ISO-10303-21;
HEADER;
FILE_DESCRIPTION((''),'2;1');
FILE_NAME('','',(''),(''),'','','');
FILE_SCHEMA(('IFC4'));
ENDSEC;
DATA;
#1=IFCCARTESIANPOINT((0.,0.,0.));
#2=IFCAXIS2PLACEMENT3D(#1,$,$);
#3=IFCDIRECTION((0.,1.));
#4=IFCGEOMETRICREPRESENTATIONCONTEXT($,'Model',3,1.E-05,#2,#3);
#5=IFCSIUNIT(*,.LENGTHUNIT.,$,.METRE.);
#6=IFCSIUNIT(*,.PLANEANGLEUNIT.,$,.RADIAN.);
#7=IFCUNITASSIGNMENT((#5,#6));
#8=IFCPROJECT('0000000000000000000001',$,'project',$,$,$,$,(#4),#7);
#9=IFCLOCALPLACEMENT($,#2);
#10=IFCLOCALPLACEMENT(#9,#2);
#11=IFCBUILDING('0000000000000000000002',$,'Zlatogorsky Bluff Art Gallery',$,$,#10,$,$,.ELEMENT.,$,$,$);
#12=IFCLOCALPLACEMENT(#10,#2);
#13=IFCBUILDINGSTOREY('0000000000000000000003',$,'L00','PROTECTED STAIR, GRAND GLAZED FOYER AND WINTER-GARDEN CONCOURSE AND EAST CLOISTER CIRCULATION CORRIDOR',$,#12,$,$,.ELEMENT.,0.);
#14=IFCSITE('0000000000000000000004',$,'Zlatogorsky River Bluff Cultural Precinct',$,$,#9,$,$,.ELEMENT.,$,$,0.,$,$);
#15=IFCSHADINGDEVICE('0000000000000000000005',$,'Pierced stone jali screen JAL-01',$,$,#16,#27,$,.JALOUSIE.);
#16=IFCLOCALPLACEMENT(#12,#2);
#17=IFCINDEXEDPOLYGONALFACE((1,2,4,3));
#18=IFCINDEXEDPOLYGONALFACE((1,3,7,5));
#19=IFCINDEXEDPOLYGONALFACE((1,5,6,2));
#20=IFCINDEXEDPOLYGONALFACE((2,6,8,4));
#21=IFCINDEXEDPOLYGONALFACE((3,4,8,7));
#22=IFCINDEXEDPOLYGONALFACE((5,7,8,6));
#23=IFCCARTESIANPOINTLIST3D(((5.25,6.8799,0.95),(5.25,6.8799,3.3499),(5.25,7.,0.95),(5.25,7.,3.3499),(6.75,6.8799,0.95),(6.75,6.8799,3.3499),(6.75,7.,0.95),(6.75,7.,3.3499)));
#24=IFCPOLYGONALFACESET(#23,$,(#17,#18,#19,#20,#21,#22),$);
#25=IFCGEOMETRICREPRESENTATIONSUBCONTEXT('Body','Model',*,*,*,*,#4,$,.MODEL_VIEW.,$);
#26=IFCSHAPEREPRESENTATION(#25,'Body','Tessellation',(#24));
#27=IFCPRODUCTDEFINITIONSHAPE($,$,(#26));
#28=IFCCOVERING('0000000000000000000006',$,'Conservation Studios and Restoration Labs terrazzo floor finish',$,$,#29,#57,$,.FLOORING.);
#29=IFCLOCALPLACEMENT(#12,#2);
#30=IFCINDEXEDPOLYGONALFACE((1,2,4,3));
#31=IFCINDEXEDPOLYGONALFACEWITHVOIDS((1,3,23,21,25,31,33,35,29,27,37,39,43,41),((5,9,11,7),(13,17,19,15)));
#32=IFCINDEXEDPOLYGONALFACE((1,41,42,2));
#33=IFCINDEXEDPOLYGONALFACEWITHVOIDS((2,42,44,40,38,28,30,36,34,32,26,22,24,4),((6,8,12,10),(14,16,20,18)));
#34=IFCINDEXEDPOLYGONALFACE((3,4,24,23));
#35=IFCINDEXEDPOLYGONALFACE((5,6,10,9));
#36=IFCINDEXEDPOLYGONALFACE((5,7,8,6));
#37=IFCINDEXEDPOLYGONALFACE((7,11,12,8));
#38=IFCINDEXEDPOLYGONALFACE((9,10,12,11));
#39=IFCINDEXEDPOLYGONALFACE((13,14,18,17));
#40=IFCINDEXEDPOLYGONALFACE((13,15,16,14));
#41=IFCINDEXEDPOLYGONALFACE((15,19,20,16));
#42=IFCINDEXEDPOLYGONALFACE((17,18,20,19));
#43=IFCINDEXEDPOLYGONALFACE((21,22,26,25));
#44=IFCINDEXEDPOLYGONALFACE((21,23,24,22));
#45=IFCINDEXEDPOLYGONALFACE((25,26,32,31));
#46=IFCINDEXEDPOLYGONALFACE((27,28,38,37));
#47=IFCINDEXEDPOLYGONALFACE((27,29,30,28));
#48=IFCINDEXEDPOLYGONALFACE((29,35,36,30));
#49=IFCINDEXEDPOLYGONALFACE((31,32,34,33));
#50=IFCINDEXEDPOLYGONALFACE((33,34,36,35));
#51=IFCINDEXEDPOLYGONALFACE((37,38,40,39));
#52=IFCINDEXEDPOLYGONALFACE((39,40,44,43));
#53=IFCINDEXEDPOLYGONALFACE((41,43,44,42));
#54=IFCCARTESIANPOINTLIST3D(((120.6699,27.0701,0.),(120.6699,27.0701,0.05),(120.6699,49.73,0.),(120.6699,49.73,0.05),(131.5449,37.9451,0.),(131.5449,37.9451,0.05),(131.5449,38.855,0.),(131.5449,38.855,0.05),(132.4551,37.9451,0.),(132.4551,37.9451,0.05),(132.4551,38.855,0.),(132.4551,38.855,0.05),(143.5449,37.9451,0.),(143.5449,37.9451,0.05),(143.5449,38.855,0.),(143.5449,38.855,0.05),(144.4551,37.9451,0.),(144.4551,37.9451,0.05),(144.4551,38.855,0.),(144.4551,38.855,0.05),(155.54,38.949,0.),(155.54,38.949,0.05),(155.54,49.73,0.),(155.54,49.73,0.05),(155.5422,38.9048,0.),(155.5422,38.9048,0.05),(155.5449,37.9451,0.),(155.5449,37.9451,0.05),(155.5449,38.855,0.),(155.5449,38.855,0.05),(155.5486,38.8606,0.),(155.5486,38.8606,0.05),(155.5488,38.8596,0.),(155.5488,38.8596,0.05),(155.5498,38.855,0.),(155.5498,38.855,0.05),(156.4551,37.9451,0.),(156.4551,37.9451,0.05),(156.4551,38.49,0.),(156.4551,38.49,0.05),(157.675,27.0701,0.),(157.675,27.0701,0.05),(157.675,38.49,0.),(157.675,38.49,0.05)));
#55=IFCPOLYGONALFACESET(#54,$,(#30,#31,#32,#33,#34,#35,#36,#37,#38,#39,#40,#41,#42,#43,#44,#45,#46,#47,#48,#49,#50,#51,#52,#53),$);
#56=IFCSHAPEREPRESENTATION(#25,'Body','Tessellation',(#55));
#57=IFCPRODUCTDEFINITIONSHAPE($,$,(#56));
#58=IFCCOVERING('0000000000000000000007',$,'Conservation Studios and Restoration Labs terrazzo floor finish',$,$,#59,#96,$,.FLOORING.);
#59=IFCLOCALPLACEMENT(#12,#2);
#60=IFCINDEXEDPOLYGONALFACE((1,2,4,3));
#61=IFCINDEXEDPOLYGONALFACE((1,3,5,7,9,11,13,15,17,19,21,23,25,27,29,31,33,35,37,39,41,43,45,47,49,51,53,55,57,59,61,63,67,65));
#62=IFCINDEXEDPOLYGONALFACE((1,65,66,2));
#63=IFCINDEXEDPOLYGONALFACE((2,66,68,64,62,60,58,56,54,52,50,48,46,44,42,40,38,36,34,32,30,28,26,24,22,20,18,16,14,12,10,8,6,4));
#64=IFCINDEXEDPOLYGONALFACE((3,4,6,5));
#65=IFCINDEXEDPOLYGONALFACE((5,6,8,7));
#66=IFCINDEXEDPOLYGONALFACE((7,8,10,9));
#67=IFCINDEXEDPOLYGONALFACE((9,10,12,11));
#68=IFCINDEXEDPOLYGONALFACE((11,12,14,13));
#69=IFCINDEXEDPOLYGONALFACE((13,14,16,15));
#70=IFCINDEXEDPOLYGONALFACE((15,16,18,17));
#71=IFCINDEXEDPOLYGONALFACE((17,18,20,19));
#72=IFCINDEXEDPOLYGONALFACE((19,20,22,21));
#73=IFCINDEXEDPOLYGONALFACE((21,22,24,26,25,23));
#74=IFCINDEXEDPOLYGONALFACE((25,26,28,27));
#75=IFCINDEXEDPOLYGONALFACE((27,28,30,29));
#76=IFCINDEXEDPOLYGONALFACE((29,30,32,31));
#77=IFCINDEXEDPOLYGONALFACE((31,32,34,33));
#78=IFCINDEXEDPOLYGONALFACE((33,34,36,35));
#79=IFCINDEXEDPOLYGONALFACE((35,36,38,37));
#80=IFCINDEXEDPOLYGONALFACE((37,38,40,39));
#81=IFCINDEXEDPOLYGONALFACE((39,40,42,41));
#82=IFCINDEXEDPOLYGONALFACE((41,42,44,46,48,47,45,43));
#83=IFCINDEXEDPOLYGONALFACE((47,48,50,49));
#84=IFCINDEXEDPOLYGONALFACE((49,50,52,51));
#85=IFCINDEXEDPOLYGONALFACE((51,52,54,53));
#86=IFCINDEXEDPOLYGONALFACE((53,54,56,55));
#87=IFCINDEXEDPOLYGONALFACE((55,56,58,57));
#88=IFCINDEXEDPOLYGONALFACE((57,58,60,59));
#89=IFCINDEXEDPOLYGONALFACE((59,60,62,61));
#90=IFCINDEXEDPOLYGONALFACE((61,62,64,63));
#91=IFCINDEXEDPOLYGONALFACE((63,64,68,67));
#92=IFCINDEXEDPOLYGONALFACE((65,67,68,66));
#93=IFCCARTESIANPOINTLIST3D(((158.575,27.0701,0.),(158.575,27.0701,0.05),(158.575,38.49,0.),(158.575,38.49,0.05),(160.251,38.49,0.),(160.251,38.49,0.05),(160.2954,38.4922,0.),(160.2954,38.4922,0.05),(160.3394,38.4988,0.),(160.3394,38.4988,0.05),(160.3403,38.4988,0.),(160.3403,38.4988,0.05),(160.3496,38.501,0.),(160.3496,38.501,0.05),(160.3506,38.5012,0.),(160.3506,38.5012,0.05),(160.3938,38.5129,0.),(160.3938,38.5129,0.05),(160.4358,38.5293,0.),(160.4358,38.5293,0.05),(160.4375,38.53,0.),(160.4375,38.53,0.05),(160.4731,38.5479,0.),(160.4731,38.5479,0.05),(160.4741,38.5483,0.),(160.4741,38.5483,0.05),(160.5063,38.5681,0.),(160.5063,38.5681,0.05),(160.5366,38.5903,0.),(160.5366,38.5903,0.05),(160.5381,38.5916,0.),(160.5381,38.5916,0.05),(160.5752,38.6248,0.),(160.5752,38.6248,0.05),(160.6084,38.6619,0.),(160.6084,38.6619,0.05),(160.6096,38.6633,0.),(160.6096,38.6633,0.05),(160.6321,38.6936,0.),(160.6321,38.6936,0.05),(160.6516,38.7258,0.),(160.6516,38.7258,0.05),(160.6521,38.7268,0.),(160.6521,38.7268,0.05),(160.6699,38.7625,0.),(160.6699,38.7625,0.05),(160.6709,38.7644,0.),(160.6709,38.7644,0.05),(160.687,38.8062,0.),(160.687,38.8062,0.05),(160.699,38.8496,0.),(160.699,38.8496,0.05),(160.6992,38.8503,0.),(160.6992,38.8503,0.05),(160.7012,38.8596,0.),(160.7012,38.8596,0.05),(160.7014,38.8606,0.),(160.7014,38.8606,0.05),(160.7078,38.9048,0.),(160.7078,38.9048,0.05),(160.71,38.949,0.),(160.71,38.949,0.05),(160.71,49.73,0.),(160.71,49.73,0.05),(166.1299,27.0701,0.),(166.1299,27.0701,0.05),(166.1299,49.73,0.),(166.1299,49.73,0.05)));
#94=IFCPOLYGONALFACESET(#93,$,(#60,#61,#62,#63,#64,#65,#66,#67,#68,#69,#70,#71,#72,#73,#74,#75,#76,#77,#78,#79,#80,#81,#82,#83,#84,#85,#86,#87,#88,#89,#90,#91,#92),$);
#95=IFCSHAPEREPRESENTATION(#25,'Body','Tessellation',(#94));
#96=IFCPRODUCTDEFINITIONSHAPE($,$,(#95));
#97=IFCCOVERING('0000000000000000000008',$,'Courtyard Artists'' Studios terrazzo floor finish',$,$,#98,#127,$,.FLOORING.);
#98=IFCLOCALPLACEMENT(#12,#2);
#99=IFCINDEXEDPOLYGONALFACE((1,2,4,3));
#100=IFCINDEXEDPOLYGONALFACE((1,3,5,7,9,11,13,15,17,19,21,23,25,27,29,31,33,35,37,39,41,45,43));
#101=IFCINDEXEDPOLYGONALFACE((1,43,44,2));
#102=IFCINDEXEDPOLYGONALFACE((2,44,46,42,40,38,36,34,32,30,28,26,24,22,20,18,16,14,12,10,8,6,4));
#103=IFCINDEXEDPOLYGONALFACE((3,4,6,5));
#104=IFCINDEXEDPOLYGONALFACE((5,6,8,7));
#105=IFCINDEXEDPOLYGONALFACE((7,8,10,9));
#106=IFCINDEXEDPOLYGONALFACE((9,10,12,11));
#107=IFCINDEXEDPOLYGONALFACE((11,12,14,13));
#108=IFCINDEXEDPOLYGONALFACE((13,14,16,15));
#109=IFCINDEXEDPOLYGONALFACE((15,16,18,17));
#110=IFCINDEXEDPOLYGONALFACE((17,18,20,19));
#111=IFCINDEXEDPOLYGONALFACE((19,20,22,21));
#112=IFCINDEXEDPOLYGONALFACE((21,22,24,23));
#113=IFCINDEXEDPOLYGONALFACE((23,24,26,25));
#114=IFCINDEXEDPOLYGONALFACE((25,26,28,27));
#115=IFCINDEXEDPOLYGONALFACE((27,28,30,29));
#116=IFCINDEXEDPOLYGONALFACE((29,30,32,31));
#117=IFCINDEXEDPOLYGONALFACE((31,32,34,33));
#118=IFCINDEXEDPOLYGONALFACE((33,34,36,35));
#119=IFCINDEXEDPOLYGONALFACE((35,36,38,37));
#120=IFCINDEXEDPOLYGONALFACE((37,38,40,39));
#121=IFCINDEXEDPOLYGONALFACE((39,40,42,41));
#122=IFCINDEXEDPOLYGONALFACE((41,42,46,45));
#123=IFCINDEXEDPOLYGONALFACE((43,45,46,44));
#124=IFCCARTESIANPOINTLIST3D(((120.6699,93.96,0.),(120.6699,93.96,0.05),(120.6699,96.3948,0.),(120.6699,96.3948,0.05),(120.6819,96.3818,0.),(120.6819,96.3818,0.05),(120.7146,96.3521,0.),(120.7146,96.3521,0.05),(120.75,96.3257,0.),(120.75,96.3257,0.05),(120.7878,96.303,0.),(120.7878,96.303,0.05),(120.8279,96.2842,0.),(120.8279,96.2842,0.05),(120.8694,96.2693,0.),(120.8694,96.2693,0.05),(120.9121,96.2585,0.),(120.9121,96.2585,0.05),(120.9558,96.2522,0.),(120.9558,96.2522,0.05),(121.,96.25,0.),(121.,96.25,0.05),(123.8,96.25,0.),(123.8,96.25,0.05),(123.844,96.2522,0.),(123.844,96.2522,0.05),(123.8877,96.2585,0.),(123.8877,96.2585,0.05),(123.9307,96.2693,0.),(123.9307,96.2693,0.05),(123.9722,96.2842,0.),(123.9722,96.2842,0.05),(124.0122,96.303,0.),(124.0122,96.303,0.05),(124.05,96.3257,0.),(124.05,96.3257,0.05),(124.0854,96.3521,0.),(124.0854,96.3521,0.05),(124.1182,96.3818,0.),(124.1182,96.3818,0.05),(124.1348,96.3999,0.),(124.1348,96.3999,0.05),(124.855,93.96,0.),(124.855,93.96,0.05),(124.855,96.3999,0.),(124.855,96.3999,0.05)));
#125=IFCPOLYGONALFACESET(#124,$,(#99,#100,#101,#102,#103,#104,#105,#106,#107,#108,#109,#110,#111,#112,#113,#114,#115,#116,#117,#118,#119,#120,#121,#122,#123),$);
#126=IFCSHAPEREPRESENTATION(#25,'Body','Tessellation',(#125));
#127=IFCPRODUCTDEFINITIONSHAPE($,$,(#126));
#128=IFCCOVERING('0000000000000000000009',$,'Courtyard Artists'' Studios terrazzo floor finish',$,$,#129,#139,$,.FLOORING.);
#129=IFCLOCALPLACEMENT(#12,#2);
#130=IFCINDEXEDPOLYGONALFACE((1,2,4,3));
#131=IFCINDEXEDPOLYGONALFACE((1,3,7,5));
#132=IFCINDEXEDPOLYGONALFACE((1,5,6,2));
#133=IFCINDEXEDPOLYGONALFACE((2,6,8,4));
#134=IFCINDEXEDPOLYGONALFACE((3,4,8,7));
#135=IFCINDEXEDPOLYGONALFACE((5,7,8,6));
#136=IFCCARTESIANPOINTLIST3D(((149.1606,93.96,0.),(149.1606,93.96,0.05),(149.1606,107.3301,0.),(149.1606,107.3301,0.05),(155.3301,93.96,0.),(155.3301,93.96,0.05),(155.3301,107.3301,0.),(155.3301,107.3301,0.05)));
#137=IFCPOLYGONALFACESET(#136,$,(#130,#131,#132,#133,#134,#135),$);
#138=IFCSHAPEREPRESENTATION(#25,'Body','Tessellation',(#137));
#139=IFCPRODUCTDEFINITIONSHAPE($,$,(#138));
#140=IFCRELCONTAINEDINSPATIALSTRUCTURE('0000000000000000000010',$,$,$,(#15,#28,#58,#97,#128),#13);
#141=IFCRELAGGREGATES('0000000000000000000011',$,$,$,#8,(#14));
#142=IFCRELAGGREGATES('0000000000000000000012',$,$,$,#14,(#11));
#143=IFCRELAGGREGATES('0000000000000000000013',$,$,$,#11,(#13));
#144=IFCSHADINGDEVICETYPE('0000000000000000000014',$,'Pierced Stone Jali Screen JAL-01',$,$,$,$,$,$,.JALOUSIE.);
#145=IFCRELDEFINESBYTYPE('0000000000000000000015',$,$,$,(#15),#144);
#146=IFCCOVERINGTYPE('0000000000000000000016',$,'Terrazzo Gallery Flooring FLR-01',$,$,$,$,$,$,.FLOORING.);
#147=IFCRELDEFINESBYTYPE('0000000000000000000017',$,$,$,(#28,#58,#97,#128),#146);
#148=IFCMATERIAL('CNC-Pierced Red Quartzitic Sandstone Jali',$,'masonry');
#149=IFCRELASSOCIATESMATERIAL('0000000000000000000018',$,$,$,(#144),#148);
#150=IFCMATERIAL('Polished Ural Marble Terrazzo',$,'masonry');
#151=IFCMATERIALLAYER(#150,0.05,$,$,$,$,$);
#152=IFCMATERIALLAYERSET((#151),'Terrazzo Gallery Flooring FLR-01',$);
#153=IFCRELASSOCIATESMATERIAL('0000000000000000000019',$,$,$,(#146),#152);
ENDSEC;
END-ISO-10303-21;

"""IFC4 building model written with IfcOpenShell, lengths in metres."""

from ifc_helpers import new_model, si_unit, direction, frame, origin, origin_2d, place, context, subcontext, project, spatial, polyline, rectangle, outline, extrude, material, layer, layer_set, type_object, element, save


model = new_model("IFC4")

# Units and contexts
model_context = context("Model", 3, precision=1e-05, world=origin(), true_north=direction((0.0, 1.0)))
body_context = subcontext(model_context, "Body", "Model", "MODEL_VIEW")
ifc_project = project(units=[si_unit("LENGTHUNIT", "METRE"), si_unit("PLANEANGLEUNIT", "RADIAN")], contexts=[model_context])

# Site, building, storey
site_placement = place(None, origin())
site = spatial("IfcSite", under=ifc_project, at=site_placement, Name="Zlatogorsky River Bluff Cultural Precinct", CompositionType="ELEMENT", RefElevation=0.0)
building_placement = place(site_placement, origin())
building = spatial("IfcBuilding", under=site, at=building_placement, Name="Zlatogorsky Bluff Art Gallery", CompositionType="ELEMENT")
storey_placement = place(building_placement, origin())
storey = spatial("IfcBuildingStorey", under=building, at=storey_placement, Name="L00", Description="PROTECTED STAIR, GRAND GLAZED FOYER AND WINTER-GARDEN CONCOURSE AND EAST CLOISTER CIRCULATION CORRIDOR", CompositionType="ELEMENT", Elevation=0.0)

# Shading device
ifc_material_1 = material(Name="CNC-Pierced Red Quartzitic Sandstone Jali", Category="masonry")
shading_device_type = type_object("IfcShadingDeviceType", Name="Pierced Stone Jali Screen JAL-01", PredefinedType="JALOUSIE", material=ifc_material_1)
shading_device_placement = place(storey_placement, frame((6.0, 6.9399, 0.95), z_axis=(0.0, 0.0, 1.0), x_axis=(1.0, 0.0, 0.0)))
element("IfcShadingDevice", 1, at=shading_device_placement, inside=storey, type_object=shading_device_type, Name="Pierced stone jali screen JAL-01", PredefinedType="JALOUSIE", context=body_context, shape_type="SweptSolid", body=[
    extrude(rectangle(XDim=1.5, YDim=0.1201, at=origin_2d()), origin(), (0.0, 0.0, 1.0), 2.3999),
])

# Coverings
ifc_material_2 = material(Name="Polished Ural Marble Terrazzo", Category="masonry")
ifc_layer_1 = layer(ifc_material_2, 0.05)
ifc_layer_set_1 = layer_set([ifc_layer_1], Name="Terrazzo Gallery Flooring FLR-01")
covering_type_1 = type_object("IfcCoveringType", Name="Terrazzo Gallery Flooring FLR-01", PredefinedType="FLOORING", material=ifc_layer_set_1)
covering_1_placement = place(storey_placement, origin())
element("IfcCovering", 2, at=covering_1_placement, inside=storey, type_object=covering_type_1, Name="Conservation Studios and Restoration Labs terrazzo floor finish", PredefinedType="FLOORING", context=body_context, shape_type="SweptSolid", body=[
    extrude(outline(polyline([(155.54, 38.949), (155.5422, 38.9048), (155.5486, 38.8606), (155.5488, 38.8596), (155.5498, 38.855), (155.5449, 38.855), (155.5449, 37.9451), (156.4551, 37.9451), (156.4551, 38.49), (157.675, 38.49), (157.675, 27.0701), (120.6699, 27.0701), (120.6699, 49.73), (155.54, 49.73), (155.54, 38.949)]), holes=[polyline([(131.5449, 38.855), (131.5449, 37.9451), (132.4551, 37.9451), (132.4551, 38.855), (131.5449, 38.855)]), polyline([(143.5449, 38.855), (143.5449, 37.9451), (144.4551, 37.9451), (144.4551, 38.855), (143.5449, 38.855)])]), origin(), (0.0, 0.0, 1.0), 0.05),
])
covering_2_placement = place(storey_placement, origin())
element("IfcCovering", 3, at=covering_2_placement, inside=storey, type_object=covering_type_1, Name="Conservation Studios and Restoration Labs terrazzo floor finish", PredefinedType="FLOORING", context=body_context, shape_type="SweptSolid", body=[
    extrude(outline(polyline([(166.1299, 49.73), (166.1299, 27.0701), (158.575, 27.0701), (158.575, 38.49), (160.251, 38.49), (160.2954, 38.4922), (160.3394, 38.4988), (160.3403, 38.4988), (160.3496, 38.501), (160.3506, 38.5012), (160.3938, 38.5129), (160.4358, 38.5293), (160.4375, 38.53), (160.4731, 38.5479), (160.4741, 38.5483), (160.5063, 38.5681), (160.5366, 38.5903), (160.5381, 38.5916), (160.5752, 38.6248), (160.6084, 38.6619), (160.6096, 38.6633), (160.6321, 38.6936), (160.6516, 38.7258), (160.6521, 38.7268), (160.6699, 38.7625), (160.6709, 38.7644), (160.687, 38.8062), (160.699, 38.8496), (160.6992, 38.8503), (160.7012, 38.8596), (160.7014, 38.8606), (160.7078, 38.9048), (160.71, 38.949), (160.71, 49.73), (166.1299, 49.73)])), origin(), (0.0, 0.0, 1.0), 0.05),
])
covering_3_placement = place(storey_placement, origin())
element("IfcCovering", 4, at=covering_3_placement, inside=storey, type_object=covering_type_1, Name="Courtyard Artists' Studios terrazzo floor finish", PredefinedType="FLOORING", context=body_context, shape_type="SweptSolid", body=[
    extrude(outline(polyline([(120.6699, 96.3948), (120.6819, 96.3818), (120.7146, 96.3521), (120.75, 96.3257), (120.7878, 96.303), (120.8279, 96.2842), (120.8694, 96.2693), (120.9121, 96.2585), (120.9558, 96.2522), (121.0, 96.25), (123.8, 96.25), (123.844, 96.2522), (123.8877, 96.2585), (123.9307, 96.2693), (123.9722, 96.2842), (124.0122, 96.303), (124.05, 96.3257), (124.0854, 96.3521), (124.1182, 96.3818), (124.1348, 96.3999), (124.855, 96.3999), (124.855, 93.96), (120.6699, 93.96), (120.6699, 96.3948)])), origin(), (0.0, 0.0, 1.0), 0.05),
])
covering_4_placement = place(storey_placement, origin())
element("IfcCovering", 5, at=covering_4_placement, inside=storey, type_object=covering_type_1, Name="Courtyard Artists' Studios terrazzo floor finish", PredefinedType="FLOORING", context=body_context, shape_type="SweptSolid", body=[
    extrude(outline(polyline([(149.1606, 93.96), (149.1606, 107.3301), (155.3301, 107.3301), (155.3301, 93.96), (149.1606, 93.96)])), origin(), (0.0, 0.0, 1.0), 0.05),
])

save(model, "model.ifc")
